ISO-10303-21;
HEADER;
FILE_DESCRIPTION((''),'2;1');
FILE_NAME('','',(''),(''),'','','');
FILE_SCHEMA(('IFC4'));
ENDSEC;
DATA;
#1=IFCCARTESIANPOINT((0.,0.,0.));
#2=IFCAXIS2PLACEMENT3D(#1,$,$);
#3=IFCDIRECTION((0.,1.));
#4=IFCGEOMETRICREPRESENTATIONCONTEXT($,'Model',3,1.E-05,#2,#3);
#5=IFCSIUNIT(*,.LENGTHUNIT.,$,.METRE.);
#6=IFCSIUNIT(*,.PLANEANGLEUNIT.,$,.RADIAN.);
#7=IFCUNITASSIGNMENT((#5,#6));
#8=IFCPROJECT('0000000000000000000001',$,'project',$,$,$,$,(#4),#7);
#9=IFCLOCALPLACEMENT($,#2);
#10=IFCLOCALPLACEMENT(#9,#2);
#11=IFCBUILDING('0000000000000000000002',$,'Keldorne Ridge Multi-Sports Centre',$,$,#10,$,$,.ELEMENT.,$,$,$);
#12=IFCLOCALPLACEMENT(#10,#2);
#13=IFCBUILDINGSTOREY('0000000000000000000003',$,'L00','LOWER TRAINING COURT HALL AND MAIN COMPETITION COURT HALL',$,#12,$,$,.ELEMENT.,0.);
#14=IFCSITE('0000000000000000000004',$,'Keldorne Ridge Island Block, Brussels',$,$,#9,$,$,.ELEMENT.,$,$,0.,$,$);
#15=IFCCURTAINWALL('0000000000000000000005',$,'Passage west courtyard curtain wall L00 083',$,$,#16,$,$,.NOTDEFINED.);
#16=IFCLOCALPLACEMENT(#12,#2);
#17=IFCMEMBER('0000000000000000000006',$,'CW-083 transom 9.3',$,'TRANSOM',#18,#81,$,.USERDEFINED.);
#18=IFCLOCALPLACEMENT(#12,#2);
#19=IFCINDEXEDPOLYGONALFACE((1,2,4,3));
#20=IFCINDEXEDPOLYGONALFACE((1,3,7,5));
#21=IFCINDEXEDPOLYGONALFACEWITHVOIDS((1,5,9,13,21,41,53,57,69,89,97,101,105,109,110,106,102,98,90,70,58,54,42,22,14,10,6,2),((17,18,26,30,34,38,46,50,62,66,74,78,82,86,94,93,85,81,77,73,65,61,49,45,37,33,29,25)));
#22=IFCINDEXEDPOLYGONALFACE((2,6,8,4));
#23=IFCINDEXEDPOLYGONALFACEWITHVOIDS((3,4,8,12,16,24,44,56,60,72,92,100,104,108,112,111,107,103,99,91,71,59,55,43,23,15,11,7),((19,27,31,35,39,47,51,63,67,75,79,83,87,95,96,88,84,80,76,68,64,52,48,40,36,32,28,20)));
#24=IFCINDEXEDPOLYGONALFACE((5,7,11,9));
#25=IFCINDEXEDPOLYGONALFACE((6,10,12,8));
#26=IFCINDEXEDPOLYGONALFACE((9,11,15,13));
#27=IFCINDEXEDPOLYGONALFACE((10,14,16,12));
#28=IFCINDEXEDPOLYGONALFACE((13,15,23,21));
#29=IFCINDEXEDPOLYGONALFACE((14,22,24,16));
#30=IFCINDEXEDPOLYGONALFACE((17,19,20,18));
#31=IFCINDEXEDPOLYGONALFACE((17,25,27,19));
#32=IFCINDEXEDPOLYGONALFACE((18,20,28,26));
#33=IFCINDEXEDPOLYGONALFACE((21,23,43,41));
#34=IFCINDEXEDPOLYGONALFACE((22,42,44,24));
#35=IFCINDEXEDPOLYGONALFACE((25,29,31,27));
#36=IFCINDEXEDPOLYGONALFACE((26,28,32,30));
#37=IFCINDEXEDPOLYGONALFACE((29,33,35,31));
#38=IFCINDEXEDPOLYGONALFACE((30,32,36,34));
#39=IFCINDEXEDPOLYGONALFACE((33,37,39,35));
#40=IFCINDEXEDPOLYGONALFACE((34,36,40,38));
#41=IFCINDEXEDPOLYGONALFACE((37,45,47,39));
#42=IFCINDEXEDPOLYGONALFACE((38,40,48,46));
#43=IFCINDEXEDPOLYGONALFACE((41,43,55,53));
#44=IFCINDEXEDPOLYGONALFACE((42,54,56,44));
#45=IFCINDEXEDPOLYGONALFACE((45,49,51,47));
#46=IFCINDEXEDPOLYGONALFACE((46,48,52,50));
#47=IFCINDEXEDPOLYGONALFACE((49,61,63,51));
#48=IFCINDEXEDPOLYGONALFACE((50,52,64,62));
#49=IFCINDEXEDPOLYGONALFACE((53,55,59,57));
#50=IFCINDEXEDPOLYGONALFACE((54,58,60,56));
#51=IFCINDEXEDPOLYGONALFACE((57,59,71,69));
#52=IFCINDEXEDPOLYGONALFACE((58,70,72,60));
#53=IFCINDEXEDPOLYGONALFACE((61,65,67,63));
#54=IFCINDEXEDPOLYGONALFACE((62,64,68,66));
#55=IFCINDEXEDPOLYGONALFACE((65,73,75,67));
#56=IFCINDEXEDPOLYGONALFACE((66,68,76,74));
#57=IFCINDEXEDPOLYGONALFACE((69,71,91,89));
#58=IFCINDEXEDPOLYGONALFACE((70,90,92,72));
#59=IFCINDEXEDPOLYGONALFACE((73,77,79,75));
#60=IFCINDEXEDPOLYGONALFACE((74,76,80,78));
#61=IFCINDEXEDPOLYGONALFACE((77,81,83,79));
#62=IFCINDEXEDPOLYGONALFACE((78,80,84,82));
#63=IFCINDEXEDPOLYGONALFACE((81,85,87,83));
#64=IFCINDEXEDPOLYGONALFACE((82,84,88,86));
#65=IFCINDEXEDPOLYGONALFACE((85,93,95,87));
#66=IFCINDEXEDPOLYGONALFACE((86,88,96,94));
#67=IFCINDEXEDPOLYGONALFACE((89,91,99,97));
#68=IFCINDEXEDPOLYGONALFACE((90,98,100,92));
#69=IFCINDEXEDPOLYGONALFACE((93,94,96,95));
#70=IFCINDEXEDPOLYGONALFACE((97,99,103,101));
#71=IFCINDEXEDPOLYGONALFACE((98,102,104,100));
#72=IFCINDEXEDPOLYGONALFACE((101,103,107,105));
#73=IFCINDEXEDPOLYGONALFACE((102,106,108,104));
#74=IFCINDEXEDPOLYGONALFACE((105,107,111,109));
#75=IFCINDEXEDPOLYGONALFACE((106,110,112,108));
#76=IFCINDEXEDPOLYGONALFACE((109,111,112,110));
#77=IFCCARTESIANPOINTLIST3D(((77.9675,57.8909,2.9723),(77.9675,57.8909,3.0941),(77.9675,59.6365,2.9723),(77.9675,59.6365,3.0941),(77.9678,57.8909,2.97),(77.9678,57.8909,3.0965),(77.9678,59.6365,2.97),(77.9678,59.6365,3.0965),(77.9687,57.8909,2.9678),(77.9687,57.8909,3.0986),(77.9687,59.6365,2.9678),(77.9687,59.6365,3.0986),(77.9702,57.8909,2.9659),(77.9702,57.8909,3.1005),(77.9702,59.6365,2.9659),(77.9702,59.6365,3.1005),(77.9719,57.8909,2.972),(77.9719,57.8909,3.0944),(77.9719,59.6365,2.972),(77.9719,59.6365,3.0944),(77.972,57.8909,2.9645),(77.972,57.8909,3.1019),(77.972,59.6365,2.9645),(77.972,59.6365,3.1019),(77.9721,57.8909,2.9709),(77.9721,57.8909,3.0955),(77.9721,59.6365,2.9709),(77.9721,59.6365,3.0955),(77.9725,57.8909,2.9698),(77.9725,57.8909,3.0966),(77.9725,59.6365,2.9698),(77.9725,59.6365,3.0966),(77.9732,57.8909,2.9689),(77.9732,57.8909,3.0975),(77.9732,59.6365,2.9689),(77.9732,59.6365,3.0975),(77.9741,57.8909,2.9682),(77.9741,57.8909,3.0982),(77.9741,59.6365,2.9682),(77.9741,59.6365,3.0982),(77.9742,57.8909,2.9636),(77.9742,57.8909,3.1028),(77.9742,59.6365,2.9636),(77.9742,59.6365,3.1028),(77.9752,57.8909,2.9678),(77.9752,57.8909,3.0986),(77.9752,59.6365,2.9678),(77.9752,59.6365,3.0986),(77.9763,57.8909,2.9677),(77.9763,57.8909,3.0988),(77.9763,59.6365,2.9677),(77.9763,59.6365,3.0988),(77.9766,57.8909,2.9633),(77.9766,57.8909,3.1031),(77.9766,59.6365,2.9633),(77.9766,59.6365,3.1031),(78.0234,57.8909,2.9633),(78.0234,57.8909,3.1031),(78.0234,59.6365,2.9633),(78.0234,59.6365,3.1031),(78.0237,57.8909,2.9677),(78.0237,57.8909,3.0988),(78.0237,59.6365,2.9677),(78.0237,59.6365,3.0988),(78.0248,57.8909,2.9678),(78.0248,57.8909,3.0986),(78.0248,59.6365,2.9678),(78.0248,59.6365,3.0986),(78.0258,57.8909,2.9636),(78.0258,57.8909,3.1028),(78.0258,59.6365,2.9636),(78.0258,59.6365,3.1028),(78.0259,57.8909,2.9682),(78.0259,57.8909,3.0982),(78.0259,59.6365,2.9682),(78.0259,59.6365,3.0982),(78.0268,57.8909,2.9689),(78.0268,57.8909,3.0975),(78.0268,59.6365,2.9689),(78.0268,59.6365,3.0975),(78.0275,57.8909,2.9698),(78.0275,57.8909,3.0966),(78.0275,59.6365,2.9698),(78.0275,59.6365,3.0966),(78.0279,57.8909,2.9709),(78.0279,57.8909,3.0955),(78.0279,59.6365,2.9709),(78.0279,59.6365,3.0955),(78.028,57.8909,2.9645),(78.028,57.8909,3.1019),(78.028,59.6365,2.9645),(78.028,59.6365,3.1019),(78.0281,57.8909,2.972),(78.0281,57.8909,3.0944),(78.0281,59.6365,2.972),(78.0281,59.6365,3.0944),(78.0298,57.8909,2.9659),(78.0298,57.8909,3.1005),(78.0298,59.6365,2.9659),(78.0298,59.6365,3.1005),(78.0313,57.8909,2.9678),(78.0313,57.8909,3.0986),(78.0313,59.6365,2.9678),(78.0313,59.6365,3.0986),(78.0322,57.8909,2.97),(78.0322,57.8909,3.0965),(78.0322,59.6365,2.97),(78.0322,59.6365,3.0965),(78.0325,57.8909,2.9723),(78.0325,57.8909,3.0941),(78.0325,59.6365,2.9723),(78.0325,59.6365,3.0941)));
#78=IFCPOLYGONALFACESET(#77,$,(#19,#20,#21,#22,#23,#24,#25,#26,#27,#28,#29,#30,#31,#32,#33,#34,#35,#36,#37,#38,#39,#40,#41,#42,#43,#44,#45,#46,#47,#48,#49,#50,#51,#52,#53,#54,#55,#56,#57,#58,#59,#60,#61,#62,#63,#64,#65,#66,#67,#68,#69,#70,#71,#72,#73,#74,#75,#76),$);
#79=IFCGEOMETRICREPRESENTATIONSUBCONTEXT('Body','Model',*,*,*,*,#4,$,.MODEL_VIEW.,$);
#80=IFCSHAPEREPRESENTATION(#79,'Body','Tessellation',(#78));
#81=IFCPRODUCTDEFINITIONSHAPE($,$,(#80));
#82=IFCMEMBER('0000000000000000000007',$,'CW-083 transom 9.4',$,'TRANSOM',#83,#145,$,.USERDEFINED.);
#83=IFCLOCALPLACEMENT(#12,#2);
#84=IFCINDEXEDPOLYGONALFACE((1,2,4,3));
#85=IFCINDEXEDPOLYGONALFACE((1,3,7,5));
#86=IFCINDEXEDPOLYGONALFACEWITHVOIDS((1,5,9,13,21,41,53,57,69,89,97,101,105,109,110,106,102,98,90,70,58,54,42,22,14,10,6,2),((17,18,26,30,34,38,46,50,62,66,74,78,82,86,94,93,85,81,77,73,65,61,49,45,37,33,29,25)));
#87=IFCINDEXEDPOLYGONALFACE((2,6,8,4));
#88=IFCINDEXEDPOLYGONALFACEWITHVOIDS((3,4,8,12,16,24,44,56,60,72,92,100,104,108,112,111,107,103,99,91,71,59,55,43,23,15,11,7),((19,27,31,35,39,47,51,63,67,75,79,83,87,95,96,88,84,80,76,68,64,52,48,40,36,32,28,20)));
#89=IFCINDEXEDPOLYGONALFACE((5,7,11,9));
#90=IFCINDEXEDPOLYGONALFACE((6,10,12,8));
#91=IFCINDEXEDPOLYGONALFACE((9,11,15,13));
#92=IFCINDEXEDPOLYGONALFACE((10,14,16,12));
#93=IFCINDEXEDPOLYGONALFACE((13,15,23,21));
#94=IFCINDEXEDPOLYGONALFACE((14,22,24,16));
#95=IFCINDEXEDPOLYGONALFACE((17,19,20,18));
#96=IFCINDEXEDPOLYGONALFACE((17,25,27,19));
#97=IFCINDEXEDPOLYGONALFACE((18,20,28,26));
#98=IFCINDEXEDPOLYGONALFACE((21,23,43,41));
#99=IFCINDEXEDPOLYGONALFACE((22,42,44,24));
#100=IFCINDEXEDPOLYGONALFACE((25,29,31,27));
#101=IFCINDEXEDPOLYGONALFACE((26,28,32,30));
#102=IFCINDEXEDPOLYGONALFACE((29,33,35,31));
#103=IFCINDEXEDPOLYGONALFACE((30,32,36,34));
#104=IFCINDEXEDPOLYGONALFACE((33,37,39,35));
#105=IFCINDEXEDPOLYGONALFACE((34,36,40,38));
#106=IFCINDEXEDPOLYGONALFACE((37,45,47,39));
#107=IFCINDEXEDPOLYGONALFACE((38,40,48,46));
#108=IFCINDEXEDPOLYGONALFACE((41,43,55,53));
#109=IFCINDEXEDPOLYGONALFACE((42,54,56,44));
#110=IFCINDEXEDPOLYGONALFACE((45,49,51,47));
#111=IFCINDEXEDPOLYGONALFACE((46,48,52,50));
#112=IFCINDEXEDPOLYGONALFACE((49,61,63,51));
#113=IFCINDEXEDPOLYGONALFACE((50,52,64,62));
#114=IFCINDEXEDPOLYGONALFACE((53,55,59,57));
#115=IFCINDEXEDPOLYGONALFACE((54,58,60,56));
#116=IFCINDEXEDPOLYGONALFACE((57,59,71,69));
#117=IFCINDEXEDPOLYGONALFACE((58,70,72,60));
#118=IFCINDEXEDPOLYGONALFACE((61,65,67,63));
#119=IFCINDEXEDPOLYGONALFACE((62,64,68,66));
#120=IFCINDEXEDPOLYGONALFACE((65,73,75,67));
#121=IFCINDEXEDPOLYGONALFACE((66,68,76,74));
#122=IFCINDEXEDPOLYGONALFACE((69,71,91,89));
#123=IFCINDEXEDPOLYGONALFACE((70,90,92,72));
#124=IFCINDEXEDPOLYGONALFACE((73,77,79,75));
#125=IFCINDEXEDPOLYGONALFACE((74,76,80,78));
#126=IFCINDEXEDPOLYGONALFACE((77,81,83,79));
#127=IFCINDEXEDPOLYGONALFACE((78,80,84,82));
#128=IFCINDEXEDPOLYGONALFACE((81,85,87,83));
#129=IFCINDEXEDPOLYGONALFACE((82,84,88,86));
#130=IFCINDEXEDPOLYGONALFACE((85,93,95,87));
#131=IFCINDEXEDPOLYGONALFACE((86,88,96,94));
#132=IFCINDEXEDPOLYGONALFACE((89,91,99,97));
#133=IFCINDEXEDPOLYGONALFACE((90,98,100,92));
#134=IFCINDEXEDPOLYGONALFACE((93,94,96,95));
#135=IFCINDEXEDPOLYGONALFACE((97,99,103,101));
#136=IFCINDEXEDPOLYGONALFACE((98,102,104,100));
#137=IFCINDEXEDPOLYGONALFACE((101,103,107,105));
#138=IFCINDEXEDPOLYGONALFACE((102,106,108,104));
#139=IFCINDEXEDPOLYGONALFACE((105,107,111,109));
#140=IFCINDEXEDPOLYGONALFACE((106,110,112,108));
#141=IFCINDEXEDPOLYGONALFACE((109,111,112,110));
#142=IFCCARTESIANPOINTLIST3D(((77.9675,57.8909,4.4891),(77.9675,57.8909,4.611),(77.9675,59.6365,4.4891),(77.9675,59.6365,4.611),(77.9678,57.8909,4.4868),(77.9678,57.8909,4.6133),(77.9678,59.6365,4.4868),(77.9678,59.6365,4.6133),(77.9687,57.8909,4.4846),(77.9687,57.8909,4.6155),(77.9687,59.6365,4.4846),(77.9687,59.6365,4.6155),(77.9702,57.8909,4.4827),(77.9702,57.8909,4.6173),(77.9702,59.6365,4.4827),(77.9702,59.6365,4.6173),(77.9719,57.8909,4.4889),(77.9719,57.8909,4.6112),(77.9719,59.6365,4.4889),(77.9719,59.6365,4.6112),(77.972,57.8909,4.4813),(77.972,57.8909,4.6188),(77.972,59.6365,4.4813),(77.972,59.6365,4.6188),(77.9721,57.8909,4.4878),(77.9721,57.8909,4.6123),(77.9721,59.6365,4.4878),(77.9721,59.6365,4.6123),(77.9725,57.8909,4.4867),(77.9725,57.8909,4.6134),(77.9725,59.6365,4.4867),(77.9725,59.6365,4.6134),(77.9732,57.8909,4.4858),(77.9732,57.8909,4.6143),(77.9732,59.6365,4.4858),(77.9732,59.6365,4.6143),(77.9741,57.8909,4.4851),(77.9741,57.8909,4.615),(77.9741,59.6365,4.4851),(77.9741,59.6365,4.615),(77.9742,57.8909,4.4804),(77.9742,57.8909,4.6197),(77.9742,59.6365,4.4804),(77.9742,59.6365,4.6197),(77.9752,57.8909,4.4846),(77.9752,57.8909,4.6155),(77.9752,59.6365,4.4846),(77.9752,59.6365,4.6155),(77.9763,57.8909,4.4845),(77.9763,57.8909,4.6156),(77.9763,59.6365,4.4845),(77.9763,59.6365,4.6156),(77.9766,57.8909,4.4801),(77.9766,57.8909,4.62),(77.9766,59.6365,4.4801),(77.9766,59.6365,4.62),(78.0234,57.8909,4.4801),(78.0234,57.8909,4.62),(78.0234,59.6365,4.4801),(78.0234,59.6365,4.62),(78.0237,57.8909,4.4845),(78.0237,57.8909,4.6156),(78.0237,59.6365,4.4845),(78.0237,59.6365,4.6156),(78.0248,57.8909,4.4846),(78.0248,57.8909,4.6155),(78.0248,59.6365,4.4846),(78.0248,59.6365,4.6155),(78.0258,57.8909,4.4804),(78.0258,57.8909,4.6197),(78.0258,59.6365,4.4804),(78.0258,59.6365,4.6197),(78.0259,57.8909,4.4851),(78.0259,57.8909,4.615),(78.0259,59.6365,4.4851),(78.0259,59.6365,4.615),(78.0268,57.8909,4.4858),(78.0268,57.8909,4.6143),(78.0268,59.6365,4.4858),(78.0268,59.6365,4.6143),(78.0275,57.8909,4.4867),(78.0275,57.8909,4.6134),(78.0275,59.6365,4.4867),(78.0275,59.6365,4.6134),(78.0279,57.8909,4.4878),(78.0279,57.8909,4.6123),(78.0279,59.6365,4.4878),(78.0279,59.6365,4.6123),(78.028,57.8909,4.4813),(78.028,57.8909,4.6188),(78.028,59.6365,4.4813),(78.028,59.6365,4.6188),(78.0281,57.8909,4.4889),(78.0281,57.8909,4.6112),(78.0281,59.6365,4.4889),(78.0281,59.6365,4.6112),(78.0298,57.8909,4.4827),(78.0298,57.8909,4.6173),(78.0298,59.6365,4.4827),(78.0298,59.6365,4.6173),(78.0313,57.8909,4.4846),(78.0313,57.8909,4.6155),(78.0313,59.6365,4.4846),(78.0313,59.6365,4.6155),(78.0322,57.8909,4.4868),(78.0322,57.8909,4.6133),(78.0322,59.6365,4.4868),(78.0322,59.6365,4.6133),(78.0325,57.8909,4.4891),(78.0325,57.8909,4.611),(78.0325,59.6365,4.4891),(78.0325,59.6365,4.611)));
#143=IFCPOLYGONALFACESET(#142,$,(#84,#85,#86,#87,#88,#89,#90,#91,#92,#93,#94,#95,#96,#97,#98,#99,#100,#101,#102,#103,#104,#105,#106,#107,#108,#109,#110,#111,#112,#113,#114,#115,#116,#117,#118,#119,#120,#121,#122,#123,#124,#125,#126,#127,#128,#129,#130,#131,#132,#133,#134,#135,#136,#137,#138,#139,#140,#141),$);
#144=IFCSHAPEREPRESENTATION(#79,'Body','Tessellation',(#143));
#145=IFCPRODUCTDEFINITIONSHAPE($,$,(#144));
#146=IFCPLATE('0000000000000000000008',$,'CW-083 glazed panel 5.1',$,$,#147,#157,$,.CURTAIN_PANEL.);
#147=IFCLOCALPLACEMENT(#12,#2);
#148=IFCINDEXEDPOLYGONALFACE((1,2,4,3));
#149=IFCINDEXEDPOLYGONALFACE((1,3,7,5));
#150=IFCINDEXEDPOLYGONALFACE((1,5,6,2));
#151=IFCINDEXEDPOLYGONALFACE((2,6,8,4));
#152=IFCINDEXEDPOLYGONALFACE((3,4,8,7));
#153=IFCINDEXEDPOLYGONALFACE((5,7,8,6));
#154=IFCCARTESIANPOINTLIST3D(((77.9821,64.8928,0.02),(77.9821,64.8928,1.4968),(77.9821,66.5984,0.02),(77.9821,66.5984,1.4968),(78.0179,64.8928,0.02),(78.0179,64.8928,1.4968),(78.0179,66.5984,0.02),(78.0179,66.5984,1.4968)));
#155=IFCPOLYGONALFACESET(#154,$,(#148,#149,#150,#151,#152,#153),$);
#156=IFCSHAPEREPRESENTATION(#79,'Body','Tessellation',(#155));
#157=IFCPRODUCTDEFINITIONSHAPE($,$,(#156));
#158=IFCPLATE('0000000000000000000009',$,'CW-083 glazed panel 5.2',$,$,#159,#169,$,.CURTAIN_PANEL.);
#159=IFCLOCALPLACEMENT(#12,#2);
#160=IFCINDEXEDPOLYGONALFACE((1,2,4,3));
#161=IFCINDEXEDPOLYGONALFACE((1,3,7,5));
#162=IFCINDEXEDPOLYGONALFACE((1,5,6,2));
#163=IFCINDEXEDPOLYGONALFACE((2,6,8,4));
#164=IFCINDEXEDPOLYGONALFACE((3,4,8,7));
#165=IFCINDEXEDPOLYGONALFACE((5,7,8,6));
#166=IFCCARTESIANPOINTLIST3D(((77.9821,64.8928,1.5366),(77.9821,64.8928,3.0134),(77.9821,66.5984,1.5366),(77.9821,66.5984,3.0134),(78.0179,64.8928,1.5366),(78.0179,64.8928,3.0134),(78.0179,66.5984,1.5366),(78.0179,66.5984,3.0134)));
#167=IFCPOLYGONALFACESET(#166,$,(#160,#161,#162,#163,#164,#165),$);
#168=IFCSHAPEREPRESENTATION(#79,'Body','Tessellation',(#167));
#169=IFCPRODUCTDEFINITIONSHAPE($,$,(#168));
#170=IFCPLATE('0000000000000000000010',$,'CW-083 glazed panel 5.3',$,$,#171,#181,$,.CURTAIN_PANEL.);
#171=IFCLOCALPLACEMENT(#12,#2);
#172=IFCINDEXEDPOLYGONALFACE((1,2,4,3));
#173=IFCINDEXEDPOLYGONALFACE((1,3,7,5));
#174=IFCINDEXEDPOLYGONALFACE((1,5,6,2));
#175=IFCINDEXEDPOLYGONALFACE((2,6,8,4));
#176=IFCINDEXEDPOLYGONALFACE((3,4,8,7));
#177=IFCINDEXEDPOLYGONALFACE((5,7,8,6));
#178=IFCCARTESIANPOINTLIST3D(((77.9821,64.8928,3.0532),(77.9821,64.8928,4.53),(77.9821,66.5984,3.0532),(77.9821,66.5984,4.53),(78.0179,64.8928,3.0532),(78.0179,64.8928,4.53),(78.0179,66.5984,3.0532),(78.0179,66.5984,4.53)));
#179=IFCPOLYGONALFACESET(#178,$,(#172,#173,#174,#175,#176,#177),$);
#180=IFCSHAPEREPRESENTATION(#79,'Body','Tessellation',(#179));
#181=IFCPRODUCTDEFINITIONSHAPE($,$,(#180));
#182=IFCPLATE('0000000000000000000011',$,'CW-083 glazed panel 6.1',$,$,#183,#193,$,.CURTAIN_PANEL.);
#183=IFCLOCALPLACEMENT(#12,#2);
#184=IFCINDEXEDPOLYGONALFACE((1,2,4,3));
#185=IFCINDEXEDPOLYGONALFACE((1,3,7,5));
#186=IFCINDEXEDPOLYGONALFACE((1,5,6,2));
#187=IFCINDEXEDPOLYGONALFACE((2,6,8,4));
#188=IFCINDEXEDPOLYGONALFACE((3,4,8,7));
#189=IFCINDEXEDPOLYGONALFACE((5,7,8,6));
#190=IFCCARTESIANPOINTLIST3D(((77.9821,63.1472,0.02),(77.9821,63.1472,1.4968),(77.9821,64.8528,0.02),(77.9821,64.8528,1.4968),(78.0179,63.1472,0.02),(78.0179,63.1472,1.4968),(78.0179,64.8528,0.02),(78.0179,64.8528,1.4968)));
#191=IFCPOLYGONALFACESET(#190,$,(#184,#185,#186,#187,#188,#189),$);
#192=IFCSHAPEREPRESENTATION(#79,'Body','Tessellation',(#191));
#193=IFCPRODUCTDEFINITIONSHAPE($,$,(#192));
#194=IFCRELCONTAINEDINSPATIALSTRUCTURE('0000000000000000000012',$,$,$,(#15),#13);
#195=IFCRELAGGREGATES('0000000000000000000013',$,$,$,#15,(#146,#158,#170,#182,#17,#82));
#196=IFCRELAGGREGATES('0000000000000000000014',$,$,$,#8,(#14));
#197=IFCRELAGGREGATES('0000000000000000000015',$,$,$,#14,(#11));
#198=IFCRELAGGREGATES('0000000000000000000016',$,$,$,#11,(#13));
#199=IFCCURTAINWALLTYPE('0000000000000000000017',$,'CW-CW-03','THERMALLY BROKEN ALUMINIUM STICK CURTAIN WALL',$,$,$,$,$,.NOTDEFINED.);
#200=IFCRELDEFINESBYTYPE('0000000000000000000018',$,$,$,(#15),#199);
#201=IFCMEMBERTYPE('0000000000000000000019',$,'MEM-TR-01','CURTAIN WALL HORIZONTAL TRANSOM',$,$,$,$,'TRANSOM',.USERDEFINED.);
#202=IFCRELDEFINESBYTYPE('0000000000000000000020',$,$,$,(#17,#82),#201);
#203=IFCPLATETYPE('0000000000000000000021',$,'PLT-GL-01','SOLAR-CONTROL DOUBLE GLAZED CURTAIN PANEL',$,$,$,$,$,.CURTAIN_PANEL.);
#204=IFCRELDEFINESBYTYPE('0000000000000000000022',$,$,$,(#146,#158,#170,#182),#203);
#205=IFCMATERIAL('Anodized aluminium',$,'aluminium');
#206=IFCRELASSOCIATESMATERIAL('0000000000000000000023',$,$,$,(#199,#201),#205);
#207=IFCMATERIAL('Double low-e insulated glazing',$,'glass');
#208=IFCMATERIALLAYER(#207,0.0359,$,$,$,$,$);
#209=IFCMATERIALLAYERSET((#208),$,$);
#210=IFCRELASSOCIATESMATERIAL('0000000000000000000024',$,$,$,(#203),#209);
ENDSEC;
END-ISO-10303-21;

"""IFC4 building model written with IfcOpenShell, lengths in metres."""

from ifc_helpers import new_model, si_unit, direction, frame, origin, origin_2d, place, context, subcontext, project, spatial, rectangle, hollow_rectangle, extrude, material, layer, layer_set, material_profile, profile_set, type_object, element, aggregate, save


model = new_model("IFC4")

# Units and contexts
model_context = context("Model", 3, precision=1e-05, world=origin(), true_north=direction((0.0, 1.0)))
body_context = subcontext(model_context, "Body", "Model", "MODEL_VIEW")
ifc_project = project(units=[si_unit("LENGTHUNIT", "METRE"), si_unit("PLANEANGLEUNIT", "RADIAN")], contexts=[model_context])

# Site, building, storey
site_placement = place(None, origin())
site = spatial("IfcSite", under=ifc_project, at=site_placement, Name="Keldorne Ridge Island Block, Brussels", CompositionType="ELEMENT", RefElevation=0.0)
building_placement = place(site_placement, origin())
building = spatial("IfcBuilding", under=site, at=building_placement, Name="Keldorne Ridge Multi-Sports Centre", CompositionType="ELEMENT")
storey_placement = place(building_placement, origin())
storey = spatial("IfcBuildingStorey", under=building, at=storey_placement, Name="L00", Description="LOWER TRAINING COURT HALL AND MAIN COMPETITION COURT HALL", CompositionType="ELEMENT", Elevation=0.0)

# Curtain wall, members, plates
ifc_material_1 = material(Name="Anodized aluminium", Category="aluminium")
curtain_wall_type = type_object("IfcCurtainWallType", Name="CW-CW-03", Description="THERMALLY BROKEN ALUMINIUM STICK CURTAIN WALL", PredefinedType="NOTDEFINED", material=ifc_material_1)
curtain_wall_placement = place(storey_placement, origin())
curtain_wall = element("IfcCurtainWall", 1, at=curtain_wall_placement, inside=storey, type_object=curtain_wall_type, Name="Passage west courtyard curtain wall L00 083", PredefinedType="NOTDEFINED")
ifc_material_profile_1 = material_profile(ifc_material_1, hollow_rectangle(XDim=0.0649, YDim=0.1399, WallThickness=0.0044, InnerFilletRadius=0.0044, OuterFilletRadius=0.009, at=origin_2d()), Name="ALU TRANSOM 140x65x4.5")
ifc_profile_set_1 = profile_set([ifc_material_profile_1], Name="Anodized aluminium")
member_type_1 = type_object("IfcMemberType", Name="MEM-TR-01", Description="CURTAIN WALL HORIZONTAL TRANSOM", ElementType="TRANSOM", PredefinedType="USERDEFINED", material=ifc_profile_set_1)
member_1_placement = place(storey_placement, frame((78.0, 59.6365, 3.0332), z_axis=(0.0, -1.0, 0.0), x_axis=(1.0, 0.0, 0.0)))
member_1 = element("IfcMember", 2, at=member_1_placement, type_object=member_type_1, Name="CW-083 transom 9.3", ObjectType="TRANSOM", PredefinedType="USERDEFINED", context=body_context, shape_type="SweptSolid", body=[
    extrude(hollow_rectangle(XDim=0.0649, YDim=0.1399, WallThickness=0.0044, InnerFilletRadius=0.0044, OuterFilletRadius=0.009, at=origin_2d()), origin(), (0.0, 0.0, 1.0), 1.7456),
])
member_2_placement = place(storey_placement, frame((78.0, 59.6365, 4.55), z_axis=(0.0, -1.0, 0.0), x_axis=(1.0, 0.0, 0.0)))
member_2 = element("IfcMember", 3, at=member_2_placement, type_object=member_type_1, Name="CW-083 transom 9.4", ObjectType="TRANSOM", PredefinedType="USERDEFINED", context=body_context, shape_type="SweptSolid", body=[
    extrude(hollow_rectangle(XDim=0.0649, YDim=0.1399, WallThickness=0.0044, InnerFilletRadius=0.0044, OuterFilletRadius=0.009, at=origin_2d()), origin(), (0.0, 0.0, 1.0), 1.7456),
])
ifc_material_2 = material(Name="Double low-e insulated glazing", Category="glass")
ifc_layer = layer(ifc_material_2, 0.0359)
ifc_layer_set = layer_set([ifc_layer])
plate_type = type_object("IfcPlateType", Name="PLT-GL-01", Description="SOLAR-CONTROL DOUBLE GLAZED CURTAIN PANEL", PredefinedType="CURTAIN_PANEL", material=ifc_layer_set)
plate_1_placement = place(storey_placement, frame((78.0, 65.7456, 0.02), z_axis=(0.0, 0.0, 1.0), x_axis=(0.0, -1.0, 0.0)))
plate_1 = element("IfcPlate", 4, at=plate_1_placement, type_object=plate_type, Name="CW-083 glazed panel 5.1", PredefinedType="CURTAIN_PANEL", context=body_context, shape_type="SweptSolid", body=[
    extrude(rectangle(XDim=1.7056, YDim=0.0359, at=origin_2d()), origin(), (0.0, 0.0, 1.0), 1.4768),
])
plate_2_placement = place(storey_placement, frame((78.0, 65.7456, 1.5366), z_axis=(0.0, 0.0, 1.0), x_axis=(0.0, -1.0, 0.0)))
plate_2 = element("IfcPlate", 5, at=plate_2_placement, type_object=plate_type, Name="CW-083 glazed panel 5.2", PredefinedType="CURTAIN_PANEL", context=body_context, shape_type="SweptSolid", body=[
    extrude(rectangle(XDim=1.7056, YDim=0.0359, at=origin_2d()), origin(), (0.0, 0.0, 1.0), 1.4768),
])
plate_3_placement = place(storey_placement, frame((78.0, 65.7456, 3.0532), z_axis=(0.0, 0.0, 1.0), x_axis=(0.0, -1.0, 0.0)))
plate_3 = element("IfcPlate", 6, at=plate_3_placement, type_object=plate_type, Name="CW-083 glazed panel 5.3", PredefinedType="CURTAIN_PANEL", context=body_context, shape_type="SweptSolid", body=[
    extrude(rectangle(XDim=1.7056, YDim=0.0359, at=origin_2d()), origin(), (0.0, 0.0, 1.0), 1.4768),
])
plate_4_placement = place(storey_placement, frame((78.0, 64.0, 0.02), z_axis=(0.0, 0.0, 1.0), x_axis=(0.0, -1.0, 0.0)))
plate_4 = element("IfcPlate", 7, at=plate_4_placement, type_object=plate_type, Name="CW-083 glazed panel 6.1", PredefinedType="CURTAIN_PANEL", context=body_context, shape_type="SweptSolid", body=[
    extrude(rectangle(XDim=1.7056, YDim=0.0359, at=origin_2d()), origin(), (0.0, 0.0, 1.0), 1.4768),
])
aggregate(curtain_wall, [plate_1, plate_2, plate_3, plate_4, member_1, member_2])

save(model, "model.ifc")
